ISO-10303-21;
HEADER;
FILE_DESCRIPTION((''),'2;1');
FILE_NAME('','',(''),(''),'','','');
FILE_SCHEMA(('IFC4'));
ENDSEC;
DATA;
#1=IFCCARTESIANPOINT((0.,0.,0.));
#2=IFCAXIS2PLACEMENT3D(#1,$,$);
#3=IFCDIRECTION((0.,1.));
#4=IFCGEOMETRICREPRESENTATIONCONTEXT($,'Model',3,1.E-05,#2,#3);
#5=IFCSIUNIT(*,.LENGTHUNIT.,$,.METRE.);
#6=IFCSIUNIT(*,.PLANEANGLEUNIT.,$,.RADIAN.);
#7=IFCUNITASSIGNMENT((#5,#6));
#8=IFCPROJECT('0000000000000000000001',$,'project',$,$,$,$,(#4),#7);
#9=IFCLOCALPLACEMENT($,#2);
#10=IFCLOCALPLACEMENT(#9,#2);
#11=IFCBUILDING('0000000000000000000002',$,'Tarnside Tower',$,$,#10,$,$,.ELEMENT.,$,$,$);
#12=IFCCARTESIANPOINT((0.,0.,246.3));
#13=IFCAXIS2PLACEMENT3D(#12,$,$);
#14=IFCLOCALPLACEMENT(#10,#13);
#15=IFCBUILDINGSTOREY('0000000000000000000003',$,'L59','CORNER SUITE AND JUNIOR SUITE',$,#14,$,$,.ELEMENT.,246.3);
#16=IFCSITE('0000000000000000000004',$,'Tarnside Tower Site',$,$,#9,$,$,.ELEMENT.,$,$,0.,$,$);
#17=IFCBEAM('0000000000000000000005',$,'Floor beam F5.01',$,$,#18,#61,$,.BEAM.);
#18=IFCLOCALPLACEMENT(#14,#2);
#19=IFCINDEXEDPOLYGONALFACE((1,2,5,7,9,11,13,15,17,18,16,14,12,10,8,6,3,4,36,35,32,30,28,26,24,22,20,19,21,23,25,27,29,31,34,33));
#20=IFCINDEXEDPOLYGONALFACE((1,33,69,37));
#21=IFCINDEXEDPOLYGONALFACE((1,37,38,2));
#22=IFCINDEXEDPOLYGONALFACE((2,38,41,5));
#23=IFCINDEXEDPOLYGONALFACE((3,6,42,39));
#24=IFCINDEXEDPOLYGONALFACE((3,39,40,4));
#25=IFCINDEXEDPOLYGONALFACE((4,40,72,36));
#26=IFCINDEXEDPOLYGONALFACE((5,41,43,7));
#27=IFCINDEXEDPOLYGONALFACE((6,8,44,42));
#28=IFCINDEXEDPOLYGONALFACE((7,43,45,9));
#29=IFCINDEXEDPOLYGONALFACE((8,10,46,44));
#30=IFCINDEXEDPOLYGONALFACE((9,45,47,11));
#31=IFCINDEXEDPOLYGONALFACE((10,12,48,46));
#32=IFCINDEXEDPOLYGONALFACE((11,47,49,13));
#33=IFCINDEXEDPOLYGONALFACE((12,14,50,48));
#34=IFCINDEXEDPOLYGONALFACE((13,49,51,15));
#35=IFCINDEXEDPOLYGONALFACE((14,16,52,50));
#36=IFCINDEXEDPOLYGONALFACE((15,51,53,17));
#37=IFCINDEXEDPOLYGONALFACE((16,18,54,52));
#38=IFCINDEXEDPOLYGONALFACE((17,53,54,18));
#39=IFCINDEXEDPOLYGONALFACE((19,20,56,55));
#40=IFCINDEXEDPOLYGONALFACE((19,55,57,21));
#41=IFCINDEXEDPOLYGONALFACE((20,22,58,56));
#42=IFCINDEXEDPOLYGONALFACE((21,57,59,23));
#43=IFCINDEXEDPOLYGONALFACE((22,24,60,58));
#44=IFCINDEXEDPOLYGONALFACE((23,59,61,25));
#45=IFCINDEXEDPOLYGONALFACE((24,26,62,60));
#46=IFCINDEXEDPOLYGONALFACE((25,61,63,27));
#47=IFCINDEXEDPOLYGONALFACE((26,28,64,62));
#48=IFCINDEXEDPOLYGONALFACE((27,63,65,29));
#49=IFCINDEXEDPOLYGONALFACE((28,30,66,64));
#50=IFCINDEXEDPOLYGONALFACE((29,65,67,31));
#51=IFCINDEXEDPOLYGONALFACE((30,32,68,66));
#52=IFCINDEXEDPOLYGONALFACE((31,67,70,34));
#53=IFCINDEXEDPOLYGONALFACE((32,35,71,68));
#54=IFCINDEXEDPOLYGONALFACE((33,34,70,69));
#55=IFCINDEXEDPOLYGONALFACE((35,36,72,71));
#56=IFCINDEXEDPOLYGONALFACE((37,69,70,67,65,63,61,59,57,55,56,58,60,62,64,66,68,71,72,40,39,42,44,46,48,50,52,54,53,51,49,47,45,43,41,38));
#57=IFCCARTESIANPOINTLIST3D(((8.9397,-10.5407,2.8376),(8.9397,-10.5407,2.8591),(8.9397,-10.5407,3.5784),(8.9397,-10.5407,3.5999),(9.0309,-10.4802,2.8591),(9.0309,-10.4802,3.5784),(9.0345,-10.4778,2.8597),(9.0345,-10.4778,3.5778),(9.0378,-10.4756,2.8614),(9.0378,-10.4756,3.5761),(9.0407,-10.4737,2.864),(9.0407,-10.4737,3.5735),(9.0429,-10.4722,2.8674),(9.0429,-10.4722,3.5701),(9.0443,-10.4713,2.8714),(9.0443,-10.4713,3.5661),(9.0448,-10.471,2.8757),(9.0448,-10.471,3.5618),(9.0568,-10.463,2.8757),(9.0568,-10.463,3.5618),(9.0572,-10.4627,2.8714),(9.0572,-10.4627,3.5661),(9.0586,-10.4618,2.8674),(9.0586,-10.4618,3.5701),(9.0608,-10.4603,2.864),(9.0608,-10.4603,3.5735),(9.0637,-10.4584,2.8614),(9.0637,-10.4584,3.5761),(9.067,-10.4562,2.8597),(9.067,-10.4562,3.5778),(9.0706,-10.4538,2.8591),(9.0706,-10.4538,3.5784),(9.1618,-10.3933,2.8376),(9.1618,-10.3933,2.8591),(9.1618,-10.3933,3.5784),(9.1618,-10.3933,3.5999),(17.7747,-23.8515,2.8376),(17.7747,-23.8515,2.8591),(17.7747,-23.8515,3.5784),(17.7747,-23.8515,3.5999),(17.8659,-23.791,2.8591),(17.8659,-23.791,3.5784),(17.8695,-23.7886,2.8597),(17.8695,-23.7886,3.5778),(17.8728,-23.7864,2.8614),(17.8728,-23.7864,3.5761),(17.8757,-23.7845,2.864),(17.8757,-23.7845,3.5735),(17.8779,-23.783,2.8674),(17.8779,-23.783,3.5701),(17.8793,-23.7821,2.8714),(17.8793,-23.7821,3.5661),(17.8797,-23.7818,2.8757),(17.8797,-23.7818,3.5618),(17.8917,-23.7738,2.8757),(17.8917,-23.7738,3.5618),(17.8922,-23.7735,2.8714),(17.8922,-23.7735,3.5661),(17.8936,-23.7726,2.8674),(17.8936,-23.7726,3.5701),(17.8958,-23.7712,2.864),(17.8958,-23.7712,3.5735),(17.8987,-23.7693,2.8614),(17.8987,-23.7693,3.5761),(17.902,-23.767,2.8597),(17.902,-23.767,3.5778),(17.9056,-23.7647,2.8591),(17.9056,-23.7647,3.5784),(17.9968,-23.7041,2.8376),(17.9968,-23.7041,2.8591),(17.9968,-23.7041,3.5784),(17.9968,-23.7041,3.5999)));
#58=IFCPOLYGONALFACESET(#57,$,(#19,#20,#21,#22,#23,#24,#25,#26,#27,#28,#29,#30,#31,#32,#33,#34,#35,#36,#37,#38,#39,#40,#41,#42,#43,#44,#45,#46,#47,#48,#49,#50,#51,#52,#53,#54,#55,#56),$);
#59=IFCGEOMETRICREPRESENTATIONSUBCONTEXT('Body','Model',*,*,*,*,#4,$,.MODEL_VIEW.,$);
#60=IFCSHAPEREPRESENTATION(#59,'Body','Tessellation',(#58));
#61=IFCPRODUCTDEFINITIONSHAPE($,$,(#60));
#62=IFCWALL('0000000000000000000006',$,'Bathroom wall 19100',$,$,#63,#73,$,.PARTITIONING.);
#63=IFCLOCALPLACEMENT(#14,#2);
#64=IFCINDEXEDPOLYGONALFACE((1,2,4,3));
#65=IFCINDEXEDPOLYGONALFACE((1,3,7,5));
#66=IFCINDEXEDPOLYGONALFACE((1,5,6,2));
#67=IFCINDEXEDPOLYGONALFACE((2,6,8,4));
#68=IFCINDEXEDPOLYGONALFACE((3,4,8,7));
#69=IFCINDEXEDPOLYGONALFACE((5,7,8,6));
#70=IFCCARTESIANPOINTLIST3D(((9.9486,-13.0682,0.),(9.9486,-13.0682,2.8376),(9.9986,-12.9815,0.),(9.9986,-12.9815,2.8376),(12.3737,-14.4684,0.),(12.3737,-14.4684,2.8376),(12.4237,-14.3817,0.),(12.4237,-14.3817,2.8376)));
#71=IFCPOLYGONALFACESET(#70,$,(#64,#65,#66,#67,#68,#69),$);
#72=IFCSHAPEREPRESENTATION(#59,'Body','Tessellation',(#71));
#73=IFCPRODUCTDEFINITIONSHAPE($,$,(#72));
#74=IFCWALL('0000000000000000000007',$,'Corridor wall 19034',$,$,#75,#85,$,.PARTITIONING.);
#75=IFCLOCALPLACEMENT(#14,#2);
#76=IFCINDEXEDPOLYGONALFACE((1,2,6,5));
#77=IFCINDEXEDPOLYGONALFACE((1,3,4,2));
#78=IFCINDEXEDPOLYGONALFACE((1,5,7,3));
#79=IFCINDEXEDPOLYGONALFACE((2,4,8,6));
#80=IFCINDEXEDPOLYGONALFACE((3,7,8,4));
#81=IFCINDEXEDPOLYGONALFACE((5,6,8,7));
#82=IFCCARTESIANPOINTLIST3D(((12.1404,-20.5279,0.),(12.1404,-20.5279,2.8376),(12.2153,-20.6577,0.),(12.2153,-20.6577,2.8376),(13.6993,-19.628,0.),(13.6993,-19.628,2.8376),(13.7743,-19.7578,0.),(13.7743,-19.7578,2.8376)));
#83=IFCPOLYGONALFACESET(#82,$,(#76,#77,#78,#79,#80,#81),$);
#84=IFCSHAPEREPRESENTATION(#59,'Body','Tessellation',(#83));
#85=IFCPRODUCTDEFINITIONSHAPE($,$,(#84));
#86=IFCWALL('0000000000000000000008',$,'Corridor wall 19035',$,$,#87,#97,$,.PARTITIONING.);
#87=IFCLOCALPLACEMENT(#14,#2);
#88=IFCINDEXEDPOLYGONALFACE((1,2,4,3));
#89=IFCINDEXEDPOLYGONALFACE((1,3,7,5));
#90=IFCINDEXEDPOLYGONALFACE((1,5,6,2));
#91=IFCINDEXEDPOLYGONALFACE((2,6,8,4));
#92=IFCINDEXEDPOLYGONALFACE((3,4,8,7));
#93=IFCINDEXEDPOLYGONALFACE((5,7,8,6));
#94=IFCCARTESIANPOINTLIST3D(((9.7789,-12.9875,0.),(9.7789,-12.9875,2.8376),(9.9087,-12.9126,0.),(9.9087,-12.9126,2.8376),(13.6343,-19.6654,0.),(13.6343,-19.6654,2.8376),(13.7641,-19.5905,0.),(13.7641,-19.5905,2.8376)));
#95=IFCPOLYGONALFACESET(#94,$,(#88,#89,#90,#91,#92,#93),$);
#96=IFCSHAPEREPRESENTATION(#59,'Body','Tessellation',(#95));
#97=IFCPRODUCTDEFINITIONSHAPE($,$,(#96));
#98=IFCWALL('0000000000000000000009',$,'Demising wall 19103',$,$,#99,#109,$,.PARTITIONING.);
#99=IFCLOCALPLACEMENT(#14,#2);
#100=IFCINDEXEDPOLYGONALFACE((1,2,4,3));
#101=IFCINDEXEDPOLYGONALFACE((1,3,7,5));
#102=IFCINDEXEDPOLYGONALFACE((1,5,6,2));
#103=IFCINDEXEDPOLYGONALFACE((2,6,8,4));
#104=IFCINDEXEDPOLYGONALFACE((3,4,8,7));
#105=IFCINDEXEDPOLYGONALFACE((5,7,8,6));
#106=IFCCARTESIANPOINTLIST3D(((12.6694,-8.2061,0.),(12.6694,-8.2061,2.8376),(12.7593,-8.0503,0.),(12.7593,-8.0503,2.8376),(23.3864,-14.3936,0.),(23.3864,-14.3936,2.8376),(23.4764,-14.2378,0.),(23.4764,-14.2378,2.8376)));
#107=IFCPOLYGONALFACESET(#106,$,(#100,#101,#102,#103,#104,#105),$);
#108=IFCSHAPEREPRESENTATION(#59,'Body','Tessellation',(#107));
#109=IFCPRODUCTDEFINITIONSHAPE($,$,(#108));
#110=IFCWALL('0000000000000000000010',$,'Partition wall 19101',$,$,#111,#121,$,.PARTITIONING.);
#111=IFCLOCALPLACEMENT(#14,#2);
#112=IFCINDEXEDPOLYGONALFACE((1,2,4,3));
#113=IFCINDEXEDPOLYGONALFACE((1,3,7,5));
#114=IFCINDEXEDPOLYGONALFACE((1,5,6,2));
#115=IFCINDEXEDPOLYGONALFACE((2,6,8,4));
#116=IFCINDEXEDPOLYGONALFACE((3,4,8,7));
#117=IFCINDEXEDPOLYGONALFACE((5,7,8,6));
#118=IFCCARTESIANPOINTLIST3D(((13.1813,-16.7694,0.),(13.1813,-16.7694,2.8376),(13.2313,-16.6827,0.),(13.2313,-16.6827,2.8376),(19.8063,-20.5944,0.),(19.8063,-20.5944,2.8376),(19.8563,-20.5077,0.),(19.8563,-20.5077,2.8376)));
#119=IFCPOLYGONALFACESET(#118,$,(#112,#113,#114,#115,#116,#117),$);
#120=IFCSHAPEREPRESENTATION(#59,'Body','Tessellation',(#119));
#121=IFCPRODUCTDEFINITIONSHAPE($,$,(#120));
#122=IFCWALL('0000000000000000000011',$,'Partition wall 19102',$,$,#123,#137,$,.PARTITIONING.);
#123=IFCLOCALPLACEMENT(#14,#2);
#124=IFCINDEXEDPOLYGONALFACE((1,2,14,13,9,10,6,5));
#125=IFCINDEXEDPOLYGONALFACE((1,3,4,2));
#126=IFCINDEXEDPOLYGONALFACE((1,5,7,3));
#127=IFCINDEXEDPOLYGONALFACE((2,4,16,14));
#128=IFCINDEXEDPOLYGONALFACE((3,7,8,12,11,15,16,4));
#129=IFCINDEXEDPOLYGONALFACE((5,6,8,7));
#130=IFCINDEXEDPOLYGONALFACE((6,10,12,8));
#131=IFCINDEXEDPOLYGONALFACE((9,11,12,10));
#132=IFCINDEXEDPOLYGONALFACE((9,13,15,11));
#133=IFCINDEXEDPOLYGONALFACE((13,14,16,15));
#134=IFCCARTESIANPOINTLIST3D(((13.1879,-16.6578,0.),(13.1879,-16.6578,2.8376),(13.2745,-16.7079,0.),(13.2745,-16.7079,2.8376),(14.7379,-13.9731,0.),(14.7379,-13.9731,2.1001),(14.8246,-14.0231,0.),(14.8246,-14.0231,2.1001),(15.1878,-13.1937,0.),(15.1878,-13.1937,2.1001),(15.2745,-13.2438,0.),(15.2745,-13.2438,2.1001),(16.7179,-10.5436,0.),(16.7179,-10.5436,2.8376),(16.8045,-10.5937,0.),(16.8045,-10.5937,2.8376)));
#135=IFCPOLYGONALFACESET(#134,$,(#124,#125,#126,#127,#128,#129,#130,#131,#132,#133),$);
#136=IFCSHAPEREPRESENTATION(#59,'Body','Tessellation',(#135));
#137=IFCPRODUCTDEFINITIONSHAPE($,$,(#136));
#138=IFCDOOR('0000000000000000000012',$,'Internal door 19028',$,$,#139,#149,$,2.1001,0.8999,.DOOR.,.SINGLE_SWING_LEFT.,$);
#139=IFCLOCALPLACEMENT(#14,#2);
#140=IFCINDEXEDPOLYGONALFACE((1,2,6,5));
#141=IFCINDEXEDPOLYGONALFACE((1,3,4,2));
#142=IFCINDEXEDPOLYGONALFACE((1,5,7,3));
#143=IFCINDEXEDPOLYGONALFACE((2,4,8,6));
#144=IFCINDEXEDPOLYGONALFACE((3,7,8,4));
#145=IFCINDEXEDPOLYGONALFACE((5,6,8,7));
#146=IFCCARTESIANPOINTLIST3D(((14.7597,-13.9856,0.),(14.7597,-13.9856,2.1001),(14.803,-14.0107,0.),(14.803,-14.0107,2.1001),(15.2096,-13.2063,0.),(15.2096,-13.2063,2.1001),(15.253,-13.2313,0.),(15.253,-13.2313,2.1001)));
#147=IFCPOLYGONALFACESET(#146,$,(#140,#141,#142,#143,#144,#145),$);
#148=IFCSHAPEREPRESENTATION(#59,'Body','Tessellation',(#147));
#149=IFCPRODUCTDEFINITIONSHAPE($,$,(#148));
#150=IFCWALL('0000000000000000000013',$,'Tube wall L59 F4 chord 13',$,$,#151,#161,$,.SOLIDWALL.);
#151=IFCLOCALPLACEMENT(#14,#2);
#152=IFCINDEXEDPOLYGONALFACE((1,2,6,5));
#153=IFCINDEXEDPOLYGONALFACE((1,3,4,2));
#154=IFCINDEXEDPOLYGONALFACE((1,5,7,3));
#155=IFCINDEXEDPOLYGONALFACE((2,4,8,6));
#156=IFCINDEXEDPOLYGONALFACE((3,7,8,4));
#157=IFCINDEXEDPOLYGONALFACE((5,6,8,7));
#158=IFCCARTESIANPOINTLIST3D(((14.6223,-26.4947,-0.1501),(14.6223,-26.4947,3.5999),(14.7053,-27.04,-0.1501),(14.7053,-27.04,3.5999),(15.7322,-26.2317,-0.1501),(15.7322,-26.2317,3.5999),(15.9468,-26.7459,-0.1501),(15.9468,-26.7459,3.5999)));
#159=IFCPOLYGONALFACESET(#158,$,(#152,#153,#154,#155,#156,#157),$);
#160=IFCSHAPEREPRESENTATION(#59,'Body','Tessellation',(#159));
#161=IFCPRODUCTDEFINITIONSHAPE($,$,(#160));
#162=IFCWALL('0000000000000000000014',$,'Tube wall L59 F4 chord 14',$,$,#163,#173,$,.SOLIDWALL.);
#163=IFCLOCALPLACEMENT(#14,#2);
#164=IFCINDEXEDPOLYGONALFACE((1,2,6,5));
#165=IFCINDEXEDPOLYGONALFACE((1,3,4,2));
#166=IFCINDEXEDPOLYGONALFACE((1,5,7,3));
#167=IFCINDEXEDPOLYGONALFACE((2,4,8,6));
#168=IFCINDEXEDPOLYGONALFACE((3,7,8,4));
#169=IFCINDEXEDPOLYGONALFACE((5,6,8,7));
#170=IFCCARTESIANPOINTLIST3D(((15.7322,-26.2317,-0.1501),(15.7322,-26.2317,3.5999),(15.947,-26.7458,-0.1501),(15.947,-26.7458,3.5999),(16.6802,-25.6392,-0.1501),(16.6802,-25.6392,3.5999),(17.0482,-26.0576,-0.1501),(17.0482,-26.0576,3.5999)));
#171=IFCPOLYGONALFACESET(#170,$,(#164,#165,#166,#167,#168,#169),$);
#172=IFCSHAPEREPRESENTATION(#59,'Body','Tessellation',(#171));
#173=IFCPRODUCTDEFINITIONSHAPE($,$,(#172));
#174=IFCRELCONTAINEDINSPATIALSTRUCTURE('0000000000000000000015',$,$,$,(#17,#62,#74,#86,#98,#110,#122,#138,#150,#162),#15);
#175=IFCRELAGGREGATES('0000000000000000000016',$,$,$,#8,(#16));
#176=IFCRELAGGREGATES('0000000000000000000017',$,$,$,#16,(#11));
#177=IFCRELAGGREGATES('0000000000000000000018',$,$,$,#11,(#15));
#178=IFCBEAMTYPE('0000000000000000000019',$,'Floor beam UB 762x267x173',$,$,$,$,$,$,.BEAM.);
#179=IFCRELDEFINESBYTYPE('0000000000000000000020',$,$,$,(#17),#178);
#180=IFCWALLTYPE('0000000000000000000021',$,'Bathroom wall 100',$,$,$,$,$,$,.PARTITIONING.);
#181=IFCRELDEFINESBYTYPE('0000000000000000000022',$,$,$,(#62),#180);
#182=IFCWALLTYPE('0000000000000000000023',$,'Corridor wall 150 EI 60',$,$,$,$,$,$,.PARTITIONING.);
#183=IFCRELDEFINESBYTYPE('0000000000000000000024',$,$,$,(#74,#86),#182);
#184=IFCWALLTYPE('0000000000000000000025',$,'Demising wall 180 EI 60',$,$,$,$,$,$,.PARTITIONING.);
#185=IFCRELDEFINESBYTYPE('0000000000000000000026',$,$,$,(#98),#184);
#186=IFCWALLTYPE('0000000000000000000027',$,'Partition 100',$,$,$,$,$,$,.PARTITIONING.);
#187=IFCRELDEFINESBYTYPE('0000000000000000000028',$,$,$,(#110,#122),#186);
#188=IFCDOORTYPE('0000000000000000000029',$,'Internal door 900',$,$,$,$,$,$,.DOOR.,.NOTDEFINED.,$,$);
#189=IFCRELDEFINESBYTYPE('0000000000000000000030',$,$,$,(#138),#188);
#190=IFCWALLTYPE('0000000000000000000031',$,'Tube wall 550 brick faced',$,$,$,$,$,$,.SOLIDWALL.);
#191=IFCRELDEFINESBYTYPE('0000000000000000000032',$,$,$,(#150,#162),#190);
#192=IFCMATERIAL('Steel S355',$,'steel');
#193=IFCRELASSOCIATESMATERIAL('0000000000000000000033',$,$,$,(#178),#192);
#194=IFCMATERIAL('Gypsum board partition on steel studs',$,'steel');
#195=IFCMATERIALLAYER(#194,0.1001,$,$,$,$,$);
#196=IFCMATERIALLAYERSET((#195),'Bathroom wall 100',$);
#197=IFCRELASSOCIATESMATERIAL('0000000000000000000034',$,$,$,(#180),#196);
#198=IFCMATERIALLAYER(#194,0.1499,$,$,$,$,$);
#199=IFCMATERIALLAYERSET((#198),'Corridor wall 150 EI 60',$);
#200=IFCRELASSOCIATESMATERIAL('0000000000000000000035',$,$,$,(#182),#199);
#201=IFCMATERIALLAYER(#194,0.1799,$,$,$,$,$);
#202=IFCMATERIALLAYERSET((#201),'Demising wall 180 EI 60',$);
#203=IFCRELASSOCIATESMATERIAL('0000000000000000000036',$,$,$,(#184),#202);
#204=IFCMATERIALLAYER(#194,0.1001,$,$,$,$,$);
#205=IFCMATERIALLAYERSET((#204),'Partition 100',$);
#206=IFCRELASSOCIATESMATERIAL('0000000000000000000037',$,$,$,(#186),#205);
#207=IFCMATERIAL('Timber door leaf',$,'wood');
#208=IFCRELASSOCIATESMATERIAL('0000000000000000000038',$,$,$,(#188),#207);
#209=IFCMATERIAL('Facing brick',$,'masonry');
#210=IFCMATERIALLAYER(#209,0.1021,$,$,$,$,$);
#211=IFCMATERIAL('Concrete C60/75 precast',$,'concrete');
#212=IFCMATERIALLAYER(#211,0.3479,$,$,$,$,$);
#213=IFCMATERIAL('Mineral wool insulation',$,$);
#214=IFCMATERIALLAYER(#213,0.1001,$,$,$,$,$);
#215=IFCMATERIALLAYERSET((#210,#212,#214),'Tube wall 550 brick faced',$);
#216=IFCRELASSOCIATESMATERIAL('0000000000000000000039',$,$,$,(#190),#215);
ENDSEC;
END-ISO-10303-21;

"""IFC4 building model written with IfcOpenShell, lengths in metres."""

from ifc_helpers import new_model, si_unit, direction, frame, frame_2d, origin, origin_2d, place, context, subcontext, project, spatial, polyline, rectangle, i_section, outline, extrude, material, layer, layer_set, material_profile, profile_set, type_object, element, fill, save


model = new_model("IFC4")

# Units and contexts
model_context = context("Model", 3, precision=1e-05, world=origin(), true_north=direction((0.0, 1.0)))
body_context = subcontext(model_context, "Body", "Model", "MODEL_VIEW")
ifc_project = project(units=[si_unit("LENGTHUNIT", "METRE"), si_unit("PLANEANGLEUNIT", "RADIAN")], contexts=[model_context])

# Site, building, storey
site_placement = place(None, origin())
site = spatial("IfcSite", under=ifc_project, at=site_placement, Name="Tarnside Tower Site", CompositionType="ELEMENT", RefElevation=0.0)
building_placement = place(site_placement, origin())
building = spatial("IfcBuilding", under=site, at=building_placement, Name="Tarnside Tower", CompositionType="ELEMENT")
storey_placement = place(building_placement, frame((0.0, 0.0, 246.3)))
storey = spatial("IfcBuildingStorey", under=building, at=storey_placement, Name="L59", Description="CORNER SUITE AND JUNIOR SUITE", CompositionType="ELEMENT", Elevation=246.3)

# Beam
ifc_material_1 = material(Name="Steel S355", Category="steel")
ifc_material_profile_1 = material_profile(ifc_material_1, i_section(OverallWidth=0.2666, OverallDepth=0.7622, WebThickness=0.0144, FlangeThickness=0.0215, FilletRadius=0.0166, at=origin_2d()), Name="UB 762x267x173")
ifc_profile_set_1 = profile_set([ifc_material_profile_1], Name="Steel S355")
beam_type_1 = type_object("IfcBeamType", Name="Floor beam UB 762x267x173", PredefinedType="BEAM", material=ifc_profile_set_1)
beam_1_placement = place(storey_placement, frame((17.8857, -23.7778, 3.2188), z_axis=(-0.553013, 0.833172, 0.0), x_axis=(-0.833172, -0.553013, 0.0)))
element("IfcBeam", 1, at=beam_1_placement, inside=storey, type_object=beam_type_1, Name="Floor beam F5.01", PredefinedType="BEAM", context=body_context, shape_type="SweptSolid", body=[
    extrude(i_section(OverallWidth=0.2666, OverallDepth=0.7622, WebThickness=0.0144, FlangeThickness=0.0215, FilletRadius=0.0166, at=origin_2d()), origin(), (0.0, 0.0, 1.0), 15.9761),
])

# Walls
ifc_material_2 = material(Name="Gypsum board partition on steel studs", Category="steel")
ifc_layer_1 = layer(ifc_material_2, 0.1001)
ifc_layer_set_1 = layer_set([ifc_layer_1], Name="Bathroom wall 100")
wall_type_1 = type_object("IfcWallType", Name="Bathroom wall 100", PredefinedType="PARTITIONING", material=ifc_layer_set_1)
wall_1_placement = place(storey_placement, frame((12.3987, -14.425, 0.0), z_axis=(0.0, 0.0, 1.0), x_axis=(-0.866019, 0.500012, 0.0)))
element("IfcWall", 2, at=wall_1_placement, inside=storey, type_object=wall_type_1, Name="Bathroom wall 19100", PredefinedType="PARTITIONING", context=body_context, shape_type="SweptSolid", body=[
    extrude(rectangle(XDim=2.8003, YDim=0.1001, at=frame_2d((1.4001, 0.0))), origin(), (0.0, 0.0, 1.0), 2.8376),
])
ifc_layer_2 = layer(ifc_material_2, 0.1499)
ifc_layer_set_2 = layer_set([ifc_layer_2], Name="Corridor wall 150 EI 60")
wall_type_2 = type_object("IfcWallType", Name="Corridor wall 150 EI 60", PredefinedType="PARTITIONING", material=ifc_layer_set_2)
wall_2_placement = place(storey_placement, frame((12.178, -20.5928, 0.0), z_axis=(0.0, 0.0, 1.0), x_axis=(0.866048, 0.499961, 0.0)))
element("IfcWall", 3, at=wall_2_placement, inside=storey, type_object=wall_type_2, Name="Corridor wall 19034", PredefinedType="PARTITIONING", context=body_context, shape_type="SweptSolid", body=[
    extrude(rectangle(XDim=1.8, YDim=0.1499, at=frame_2d((0.8999, 0.0))), origin(), (0.0, 0.0, 1.0), 2.8376),
])
wall_3_placement = place(storey_placement, frame((13.6992, -19.6279, 0.0), z_axis=(0.0, 0.0, 1.0), x_axis=(-0.499994, 0.866029, 0.0)))
element("IfcWall", 4, at=wall_3_placement, inside=storey, type_object=wall_type_2, Name="Corridor wall 19035", PredefinedType="PARTITIONING", context=body_context, shape_type="SweptSolid", body=[
    extrude(rectangle(XDim=7.7109, YDim=0.1499, at=frame_2d((3.8555, 0.0))), origin(), (0.0, 0.0, 1.0), 2.8376),
])
ifc_layer_3 = layer(ifc_material_2, 0.1799)
ifc_layer_set_3 = layer_set([ifc_layer_3], Name="Demising wall 180 EI 60")
wall_type_3 = type_object("IfcWallType", Name="Demising wall 180 EI 60", PredefinedType="PARTITIONING", material=ifc_layer_set_3)
wall_4_placement = place(storey_placement, frame((23.4314, -14.3157, 0.0), z_axis=(0.0, 0.0, 1.0), x_axis=(-0.866025, 0.500001, 0.0)))
element("IfcWall", 5, at=wall_4_placement, inside=storey, type_object=wall_type_3, Name="Demising wall 19103", PredefinedType="PARTITIONING", context=body_context, shape_type="SweptSolid", body=[
    extrude(rectangle(XDim=12.375, YDim=0.1799, at=frame_2d((6.1875, 0.0))), origin(), (0.0, 0.0, 1.0), 2.8376),
])
ifc_layer_4 = layer(ifc_material_2, 0.1001)
ifc_layer_set_4 = layer_set([ifc_layer_4], Name="Partition 100")
wall_type_4 = type_object("IfcWallType", Name="Partition 100", PredefinedType="PARTITIONING", material=ifc_layer_set_4)
wall_5_placement = place(storey_placement, frame((19.8313, -20.551, 0.0), z_axis=(0.0, 0.0, 1.0), x_axis=(-0.866025, 0.500001, 0.0)))
element("IfcWall", 6, at=wall_5_placement, inside=storey, type_object=wall_type_4, Name="Partition wall 19101", PredefinedType="PARTITIONING", context=body_context, shape_type="SweptSolid", body=[
    extrude(rectangle(XDim=7.6499, YDim=0.1001, at=frame_2d((3.825, 0.0))), origin(), (0.0, 0.0, 1.0), 2.8376),
])

# Wall, opening, door
wall_6_placement = place(storey_placement, frame((13.2312, -16.6829, 0.0), z_axis=(0.0, 0.0, 1.0), x_axis=(0.499996, 0.866028, 0.0)))
wall_6 = element("IfcWall", 7, at=wall_6_placement, inside=storey, type_object=wall_type_4, Name="Partition wall 19102", PredefinedType="PARTITIONING", context=body_context, shape_type="SweptSolid", body=[
    extrude(rectangle(XDim=7.0601, YDim=0.1001, at=frame_2d((3.53, 0.0))), origin(), (0.0, 0.0, 1.0), 2.8376),
])
opening_1_placement = place(wall_6_placement, frame((3.1001, 0.0, 0.0)))
opening_1 = element("IfcOpeningElement", 8, at=opening_1_placement, cuts=wall_6, PredefinedType="OPENING", context=body_context, shape_type="SweptSolid", body=[
    extrude(rectangle(XDim=0.8999, YDim=2.1001, at=frame_2d((0.45, 1.05))), frame((0.0, 0.0601, 0.0), z_axis=(0.0, -1.0, 0.0), x_axis=(1.0, 0.0, 0.0)), (0.0, 0.0, 1.0), 0.1201),
])
ifc_material_3 = material(Name="Timber door leaf", Category="wood")
door_type = type_object("IfcDoorType", Name="Internal door 900", OperationType="NOTDEFINED", PredefinedType="DOOR", material=ifc_material_3)
door_placement = place(opening_1_placement, origin())
door = element("IfcDoor", 9, at=door_placement, inside=storey, type_object=door_type, Name="Internal door 19028", OperationType="SINGLE_SWING_LEFT", OverallHeight=2.1001, OverallWidth=0.8999, PredefinedType="DOOR", context=body_context, shape_type="SweptSolid", body=[
    extrude(rectangle(XDim=0.8999, YDim=2.1001, at=frame_2d((0.45, 1.05))), frame((0.0, 0.0249, 0.0), z_axis=(0.0, -1.0, 0.0), x_axis=(1.0, 0.0, 0.0)), (0.0, 0.0, 1.0), 0.05),
])
fill(opening_1, door)

# Walls
ifc_material_4 = material(Name="Facing brick", Category="masonry")
ifc_layer_5 = layer(ifc_material_4, 0.1021)
ifc_material_5 = material(Name="Concrete C60/75 precast", Category="concrete")
ifc_layer_6 = layer(ifc_material_5, 0.3479)
ifc_material_6 = material(Name="Mineral wool insulation")
ifc_layer_7 = layer(ifc_material_6, 0.1001)
ifc_layer_set_5 = layer_set([ifc_layer_5, ifc_layer_6, ifc_layer_7], Name="Tube wall 550 brick faced")
wall_type_5 = type_object("IfcWallType", Name="Tube wall 550 brick faced", PredefinedType="SOLIDWALL", material=ifc_layer_set_5)
wall_7_placement = place(storey_placement, frame((14.6638, -26.7673, -0.1501), z_axis=(0.0, 0.0, 1.0), x_axis=(0.973064, 0.230537, 0.0)))
element("IfcWall", 10, at=wall_7_placement, inside=storey, type_object=wall_type_5, Name="Tube wall L59 F4 chord 13", PredefinedType="SOLIDWALL", context=body_context, shape_type="SweptSolid", body=[
    extrude(outline(polyline([(-0.0225, -0.2749), (1.2534, -0.2749), (1.1631, 0.2749), (0.0225, 0.2749), (-0.0225, -0.2749)])), origin(), (0.0, 0.0, 1.0), 3.75),
])
wall_8_placement = place(storey_placement, frame((15.8396, -26.4888, -0.1501), z_axis=(0.0, 0.0, 1.0), x_axis=(0.84801, 0.529981, 0.0)))
element("IfcWall", 11, at=wall_8_placement, inside=storey, type_object=wall_type_5, Name="Tube wall L59 F4 chord 14", PredefinedType="SOLIDWALL", context=body_context, shape_type="SweptSolid", body=[
    extrude(outline(polyline([(-0.0452, -0.2749), (1.2534, -0.2749), (1.1631, 0.2749), (0.0452, 0.2749), (-0.0452, -0.2749)])), origin(), (0.0, 0.0, 1.0), 3.75),
])

save(model, "model.ifc")
